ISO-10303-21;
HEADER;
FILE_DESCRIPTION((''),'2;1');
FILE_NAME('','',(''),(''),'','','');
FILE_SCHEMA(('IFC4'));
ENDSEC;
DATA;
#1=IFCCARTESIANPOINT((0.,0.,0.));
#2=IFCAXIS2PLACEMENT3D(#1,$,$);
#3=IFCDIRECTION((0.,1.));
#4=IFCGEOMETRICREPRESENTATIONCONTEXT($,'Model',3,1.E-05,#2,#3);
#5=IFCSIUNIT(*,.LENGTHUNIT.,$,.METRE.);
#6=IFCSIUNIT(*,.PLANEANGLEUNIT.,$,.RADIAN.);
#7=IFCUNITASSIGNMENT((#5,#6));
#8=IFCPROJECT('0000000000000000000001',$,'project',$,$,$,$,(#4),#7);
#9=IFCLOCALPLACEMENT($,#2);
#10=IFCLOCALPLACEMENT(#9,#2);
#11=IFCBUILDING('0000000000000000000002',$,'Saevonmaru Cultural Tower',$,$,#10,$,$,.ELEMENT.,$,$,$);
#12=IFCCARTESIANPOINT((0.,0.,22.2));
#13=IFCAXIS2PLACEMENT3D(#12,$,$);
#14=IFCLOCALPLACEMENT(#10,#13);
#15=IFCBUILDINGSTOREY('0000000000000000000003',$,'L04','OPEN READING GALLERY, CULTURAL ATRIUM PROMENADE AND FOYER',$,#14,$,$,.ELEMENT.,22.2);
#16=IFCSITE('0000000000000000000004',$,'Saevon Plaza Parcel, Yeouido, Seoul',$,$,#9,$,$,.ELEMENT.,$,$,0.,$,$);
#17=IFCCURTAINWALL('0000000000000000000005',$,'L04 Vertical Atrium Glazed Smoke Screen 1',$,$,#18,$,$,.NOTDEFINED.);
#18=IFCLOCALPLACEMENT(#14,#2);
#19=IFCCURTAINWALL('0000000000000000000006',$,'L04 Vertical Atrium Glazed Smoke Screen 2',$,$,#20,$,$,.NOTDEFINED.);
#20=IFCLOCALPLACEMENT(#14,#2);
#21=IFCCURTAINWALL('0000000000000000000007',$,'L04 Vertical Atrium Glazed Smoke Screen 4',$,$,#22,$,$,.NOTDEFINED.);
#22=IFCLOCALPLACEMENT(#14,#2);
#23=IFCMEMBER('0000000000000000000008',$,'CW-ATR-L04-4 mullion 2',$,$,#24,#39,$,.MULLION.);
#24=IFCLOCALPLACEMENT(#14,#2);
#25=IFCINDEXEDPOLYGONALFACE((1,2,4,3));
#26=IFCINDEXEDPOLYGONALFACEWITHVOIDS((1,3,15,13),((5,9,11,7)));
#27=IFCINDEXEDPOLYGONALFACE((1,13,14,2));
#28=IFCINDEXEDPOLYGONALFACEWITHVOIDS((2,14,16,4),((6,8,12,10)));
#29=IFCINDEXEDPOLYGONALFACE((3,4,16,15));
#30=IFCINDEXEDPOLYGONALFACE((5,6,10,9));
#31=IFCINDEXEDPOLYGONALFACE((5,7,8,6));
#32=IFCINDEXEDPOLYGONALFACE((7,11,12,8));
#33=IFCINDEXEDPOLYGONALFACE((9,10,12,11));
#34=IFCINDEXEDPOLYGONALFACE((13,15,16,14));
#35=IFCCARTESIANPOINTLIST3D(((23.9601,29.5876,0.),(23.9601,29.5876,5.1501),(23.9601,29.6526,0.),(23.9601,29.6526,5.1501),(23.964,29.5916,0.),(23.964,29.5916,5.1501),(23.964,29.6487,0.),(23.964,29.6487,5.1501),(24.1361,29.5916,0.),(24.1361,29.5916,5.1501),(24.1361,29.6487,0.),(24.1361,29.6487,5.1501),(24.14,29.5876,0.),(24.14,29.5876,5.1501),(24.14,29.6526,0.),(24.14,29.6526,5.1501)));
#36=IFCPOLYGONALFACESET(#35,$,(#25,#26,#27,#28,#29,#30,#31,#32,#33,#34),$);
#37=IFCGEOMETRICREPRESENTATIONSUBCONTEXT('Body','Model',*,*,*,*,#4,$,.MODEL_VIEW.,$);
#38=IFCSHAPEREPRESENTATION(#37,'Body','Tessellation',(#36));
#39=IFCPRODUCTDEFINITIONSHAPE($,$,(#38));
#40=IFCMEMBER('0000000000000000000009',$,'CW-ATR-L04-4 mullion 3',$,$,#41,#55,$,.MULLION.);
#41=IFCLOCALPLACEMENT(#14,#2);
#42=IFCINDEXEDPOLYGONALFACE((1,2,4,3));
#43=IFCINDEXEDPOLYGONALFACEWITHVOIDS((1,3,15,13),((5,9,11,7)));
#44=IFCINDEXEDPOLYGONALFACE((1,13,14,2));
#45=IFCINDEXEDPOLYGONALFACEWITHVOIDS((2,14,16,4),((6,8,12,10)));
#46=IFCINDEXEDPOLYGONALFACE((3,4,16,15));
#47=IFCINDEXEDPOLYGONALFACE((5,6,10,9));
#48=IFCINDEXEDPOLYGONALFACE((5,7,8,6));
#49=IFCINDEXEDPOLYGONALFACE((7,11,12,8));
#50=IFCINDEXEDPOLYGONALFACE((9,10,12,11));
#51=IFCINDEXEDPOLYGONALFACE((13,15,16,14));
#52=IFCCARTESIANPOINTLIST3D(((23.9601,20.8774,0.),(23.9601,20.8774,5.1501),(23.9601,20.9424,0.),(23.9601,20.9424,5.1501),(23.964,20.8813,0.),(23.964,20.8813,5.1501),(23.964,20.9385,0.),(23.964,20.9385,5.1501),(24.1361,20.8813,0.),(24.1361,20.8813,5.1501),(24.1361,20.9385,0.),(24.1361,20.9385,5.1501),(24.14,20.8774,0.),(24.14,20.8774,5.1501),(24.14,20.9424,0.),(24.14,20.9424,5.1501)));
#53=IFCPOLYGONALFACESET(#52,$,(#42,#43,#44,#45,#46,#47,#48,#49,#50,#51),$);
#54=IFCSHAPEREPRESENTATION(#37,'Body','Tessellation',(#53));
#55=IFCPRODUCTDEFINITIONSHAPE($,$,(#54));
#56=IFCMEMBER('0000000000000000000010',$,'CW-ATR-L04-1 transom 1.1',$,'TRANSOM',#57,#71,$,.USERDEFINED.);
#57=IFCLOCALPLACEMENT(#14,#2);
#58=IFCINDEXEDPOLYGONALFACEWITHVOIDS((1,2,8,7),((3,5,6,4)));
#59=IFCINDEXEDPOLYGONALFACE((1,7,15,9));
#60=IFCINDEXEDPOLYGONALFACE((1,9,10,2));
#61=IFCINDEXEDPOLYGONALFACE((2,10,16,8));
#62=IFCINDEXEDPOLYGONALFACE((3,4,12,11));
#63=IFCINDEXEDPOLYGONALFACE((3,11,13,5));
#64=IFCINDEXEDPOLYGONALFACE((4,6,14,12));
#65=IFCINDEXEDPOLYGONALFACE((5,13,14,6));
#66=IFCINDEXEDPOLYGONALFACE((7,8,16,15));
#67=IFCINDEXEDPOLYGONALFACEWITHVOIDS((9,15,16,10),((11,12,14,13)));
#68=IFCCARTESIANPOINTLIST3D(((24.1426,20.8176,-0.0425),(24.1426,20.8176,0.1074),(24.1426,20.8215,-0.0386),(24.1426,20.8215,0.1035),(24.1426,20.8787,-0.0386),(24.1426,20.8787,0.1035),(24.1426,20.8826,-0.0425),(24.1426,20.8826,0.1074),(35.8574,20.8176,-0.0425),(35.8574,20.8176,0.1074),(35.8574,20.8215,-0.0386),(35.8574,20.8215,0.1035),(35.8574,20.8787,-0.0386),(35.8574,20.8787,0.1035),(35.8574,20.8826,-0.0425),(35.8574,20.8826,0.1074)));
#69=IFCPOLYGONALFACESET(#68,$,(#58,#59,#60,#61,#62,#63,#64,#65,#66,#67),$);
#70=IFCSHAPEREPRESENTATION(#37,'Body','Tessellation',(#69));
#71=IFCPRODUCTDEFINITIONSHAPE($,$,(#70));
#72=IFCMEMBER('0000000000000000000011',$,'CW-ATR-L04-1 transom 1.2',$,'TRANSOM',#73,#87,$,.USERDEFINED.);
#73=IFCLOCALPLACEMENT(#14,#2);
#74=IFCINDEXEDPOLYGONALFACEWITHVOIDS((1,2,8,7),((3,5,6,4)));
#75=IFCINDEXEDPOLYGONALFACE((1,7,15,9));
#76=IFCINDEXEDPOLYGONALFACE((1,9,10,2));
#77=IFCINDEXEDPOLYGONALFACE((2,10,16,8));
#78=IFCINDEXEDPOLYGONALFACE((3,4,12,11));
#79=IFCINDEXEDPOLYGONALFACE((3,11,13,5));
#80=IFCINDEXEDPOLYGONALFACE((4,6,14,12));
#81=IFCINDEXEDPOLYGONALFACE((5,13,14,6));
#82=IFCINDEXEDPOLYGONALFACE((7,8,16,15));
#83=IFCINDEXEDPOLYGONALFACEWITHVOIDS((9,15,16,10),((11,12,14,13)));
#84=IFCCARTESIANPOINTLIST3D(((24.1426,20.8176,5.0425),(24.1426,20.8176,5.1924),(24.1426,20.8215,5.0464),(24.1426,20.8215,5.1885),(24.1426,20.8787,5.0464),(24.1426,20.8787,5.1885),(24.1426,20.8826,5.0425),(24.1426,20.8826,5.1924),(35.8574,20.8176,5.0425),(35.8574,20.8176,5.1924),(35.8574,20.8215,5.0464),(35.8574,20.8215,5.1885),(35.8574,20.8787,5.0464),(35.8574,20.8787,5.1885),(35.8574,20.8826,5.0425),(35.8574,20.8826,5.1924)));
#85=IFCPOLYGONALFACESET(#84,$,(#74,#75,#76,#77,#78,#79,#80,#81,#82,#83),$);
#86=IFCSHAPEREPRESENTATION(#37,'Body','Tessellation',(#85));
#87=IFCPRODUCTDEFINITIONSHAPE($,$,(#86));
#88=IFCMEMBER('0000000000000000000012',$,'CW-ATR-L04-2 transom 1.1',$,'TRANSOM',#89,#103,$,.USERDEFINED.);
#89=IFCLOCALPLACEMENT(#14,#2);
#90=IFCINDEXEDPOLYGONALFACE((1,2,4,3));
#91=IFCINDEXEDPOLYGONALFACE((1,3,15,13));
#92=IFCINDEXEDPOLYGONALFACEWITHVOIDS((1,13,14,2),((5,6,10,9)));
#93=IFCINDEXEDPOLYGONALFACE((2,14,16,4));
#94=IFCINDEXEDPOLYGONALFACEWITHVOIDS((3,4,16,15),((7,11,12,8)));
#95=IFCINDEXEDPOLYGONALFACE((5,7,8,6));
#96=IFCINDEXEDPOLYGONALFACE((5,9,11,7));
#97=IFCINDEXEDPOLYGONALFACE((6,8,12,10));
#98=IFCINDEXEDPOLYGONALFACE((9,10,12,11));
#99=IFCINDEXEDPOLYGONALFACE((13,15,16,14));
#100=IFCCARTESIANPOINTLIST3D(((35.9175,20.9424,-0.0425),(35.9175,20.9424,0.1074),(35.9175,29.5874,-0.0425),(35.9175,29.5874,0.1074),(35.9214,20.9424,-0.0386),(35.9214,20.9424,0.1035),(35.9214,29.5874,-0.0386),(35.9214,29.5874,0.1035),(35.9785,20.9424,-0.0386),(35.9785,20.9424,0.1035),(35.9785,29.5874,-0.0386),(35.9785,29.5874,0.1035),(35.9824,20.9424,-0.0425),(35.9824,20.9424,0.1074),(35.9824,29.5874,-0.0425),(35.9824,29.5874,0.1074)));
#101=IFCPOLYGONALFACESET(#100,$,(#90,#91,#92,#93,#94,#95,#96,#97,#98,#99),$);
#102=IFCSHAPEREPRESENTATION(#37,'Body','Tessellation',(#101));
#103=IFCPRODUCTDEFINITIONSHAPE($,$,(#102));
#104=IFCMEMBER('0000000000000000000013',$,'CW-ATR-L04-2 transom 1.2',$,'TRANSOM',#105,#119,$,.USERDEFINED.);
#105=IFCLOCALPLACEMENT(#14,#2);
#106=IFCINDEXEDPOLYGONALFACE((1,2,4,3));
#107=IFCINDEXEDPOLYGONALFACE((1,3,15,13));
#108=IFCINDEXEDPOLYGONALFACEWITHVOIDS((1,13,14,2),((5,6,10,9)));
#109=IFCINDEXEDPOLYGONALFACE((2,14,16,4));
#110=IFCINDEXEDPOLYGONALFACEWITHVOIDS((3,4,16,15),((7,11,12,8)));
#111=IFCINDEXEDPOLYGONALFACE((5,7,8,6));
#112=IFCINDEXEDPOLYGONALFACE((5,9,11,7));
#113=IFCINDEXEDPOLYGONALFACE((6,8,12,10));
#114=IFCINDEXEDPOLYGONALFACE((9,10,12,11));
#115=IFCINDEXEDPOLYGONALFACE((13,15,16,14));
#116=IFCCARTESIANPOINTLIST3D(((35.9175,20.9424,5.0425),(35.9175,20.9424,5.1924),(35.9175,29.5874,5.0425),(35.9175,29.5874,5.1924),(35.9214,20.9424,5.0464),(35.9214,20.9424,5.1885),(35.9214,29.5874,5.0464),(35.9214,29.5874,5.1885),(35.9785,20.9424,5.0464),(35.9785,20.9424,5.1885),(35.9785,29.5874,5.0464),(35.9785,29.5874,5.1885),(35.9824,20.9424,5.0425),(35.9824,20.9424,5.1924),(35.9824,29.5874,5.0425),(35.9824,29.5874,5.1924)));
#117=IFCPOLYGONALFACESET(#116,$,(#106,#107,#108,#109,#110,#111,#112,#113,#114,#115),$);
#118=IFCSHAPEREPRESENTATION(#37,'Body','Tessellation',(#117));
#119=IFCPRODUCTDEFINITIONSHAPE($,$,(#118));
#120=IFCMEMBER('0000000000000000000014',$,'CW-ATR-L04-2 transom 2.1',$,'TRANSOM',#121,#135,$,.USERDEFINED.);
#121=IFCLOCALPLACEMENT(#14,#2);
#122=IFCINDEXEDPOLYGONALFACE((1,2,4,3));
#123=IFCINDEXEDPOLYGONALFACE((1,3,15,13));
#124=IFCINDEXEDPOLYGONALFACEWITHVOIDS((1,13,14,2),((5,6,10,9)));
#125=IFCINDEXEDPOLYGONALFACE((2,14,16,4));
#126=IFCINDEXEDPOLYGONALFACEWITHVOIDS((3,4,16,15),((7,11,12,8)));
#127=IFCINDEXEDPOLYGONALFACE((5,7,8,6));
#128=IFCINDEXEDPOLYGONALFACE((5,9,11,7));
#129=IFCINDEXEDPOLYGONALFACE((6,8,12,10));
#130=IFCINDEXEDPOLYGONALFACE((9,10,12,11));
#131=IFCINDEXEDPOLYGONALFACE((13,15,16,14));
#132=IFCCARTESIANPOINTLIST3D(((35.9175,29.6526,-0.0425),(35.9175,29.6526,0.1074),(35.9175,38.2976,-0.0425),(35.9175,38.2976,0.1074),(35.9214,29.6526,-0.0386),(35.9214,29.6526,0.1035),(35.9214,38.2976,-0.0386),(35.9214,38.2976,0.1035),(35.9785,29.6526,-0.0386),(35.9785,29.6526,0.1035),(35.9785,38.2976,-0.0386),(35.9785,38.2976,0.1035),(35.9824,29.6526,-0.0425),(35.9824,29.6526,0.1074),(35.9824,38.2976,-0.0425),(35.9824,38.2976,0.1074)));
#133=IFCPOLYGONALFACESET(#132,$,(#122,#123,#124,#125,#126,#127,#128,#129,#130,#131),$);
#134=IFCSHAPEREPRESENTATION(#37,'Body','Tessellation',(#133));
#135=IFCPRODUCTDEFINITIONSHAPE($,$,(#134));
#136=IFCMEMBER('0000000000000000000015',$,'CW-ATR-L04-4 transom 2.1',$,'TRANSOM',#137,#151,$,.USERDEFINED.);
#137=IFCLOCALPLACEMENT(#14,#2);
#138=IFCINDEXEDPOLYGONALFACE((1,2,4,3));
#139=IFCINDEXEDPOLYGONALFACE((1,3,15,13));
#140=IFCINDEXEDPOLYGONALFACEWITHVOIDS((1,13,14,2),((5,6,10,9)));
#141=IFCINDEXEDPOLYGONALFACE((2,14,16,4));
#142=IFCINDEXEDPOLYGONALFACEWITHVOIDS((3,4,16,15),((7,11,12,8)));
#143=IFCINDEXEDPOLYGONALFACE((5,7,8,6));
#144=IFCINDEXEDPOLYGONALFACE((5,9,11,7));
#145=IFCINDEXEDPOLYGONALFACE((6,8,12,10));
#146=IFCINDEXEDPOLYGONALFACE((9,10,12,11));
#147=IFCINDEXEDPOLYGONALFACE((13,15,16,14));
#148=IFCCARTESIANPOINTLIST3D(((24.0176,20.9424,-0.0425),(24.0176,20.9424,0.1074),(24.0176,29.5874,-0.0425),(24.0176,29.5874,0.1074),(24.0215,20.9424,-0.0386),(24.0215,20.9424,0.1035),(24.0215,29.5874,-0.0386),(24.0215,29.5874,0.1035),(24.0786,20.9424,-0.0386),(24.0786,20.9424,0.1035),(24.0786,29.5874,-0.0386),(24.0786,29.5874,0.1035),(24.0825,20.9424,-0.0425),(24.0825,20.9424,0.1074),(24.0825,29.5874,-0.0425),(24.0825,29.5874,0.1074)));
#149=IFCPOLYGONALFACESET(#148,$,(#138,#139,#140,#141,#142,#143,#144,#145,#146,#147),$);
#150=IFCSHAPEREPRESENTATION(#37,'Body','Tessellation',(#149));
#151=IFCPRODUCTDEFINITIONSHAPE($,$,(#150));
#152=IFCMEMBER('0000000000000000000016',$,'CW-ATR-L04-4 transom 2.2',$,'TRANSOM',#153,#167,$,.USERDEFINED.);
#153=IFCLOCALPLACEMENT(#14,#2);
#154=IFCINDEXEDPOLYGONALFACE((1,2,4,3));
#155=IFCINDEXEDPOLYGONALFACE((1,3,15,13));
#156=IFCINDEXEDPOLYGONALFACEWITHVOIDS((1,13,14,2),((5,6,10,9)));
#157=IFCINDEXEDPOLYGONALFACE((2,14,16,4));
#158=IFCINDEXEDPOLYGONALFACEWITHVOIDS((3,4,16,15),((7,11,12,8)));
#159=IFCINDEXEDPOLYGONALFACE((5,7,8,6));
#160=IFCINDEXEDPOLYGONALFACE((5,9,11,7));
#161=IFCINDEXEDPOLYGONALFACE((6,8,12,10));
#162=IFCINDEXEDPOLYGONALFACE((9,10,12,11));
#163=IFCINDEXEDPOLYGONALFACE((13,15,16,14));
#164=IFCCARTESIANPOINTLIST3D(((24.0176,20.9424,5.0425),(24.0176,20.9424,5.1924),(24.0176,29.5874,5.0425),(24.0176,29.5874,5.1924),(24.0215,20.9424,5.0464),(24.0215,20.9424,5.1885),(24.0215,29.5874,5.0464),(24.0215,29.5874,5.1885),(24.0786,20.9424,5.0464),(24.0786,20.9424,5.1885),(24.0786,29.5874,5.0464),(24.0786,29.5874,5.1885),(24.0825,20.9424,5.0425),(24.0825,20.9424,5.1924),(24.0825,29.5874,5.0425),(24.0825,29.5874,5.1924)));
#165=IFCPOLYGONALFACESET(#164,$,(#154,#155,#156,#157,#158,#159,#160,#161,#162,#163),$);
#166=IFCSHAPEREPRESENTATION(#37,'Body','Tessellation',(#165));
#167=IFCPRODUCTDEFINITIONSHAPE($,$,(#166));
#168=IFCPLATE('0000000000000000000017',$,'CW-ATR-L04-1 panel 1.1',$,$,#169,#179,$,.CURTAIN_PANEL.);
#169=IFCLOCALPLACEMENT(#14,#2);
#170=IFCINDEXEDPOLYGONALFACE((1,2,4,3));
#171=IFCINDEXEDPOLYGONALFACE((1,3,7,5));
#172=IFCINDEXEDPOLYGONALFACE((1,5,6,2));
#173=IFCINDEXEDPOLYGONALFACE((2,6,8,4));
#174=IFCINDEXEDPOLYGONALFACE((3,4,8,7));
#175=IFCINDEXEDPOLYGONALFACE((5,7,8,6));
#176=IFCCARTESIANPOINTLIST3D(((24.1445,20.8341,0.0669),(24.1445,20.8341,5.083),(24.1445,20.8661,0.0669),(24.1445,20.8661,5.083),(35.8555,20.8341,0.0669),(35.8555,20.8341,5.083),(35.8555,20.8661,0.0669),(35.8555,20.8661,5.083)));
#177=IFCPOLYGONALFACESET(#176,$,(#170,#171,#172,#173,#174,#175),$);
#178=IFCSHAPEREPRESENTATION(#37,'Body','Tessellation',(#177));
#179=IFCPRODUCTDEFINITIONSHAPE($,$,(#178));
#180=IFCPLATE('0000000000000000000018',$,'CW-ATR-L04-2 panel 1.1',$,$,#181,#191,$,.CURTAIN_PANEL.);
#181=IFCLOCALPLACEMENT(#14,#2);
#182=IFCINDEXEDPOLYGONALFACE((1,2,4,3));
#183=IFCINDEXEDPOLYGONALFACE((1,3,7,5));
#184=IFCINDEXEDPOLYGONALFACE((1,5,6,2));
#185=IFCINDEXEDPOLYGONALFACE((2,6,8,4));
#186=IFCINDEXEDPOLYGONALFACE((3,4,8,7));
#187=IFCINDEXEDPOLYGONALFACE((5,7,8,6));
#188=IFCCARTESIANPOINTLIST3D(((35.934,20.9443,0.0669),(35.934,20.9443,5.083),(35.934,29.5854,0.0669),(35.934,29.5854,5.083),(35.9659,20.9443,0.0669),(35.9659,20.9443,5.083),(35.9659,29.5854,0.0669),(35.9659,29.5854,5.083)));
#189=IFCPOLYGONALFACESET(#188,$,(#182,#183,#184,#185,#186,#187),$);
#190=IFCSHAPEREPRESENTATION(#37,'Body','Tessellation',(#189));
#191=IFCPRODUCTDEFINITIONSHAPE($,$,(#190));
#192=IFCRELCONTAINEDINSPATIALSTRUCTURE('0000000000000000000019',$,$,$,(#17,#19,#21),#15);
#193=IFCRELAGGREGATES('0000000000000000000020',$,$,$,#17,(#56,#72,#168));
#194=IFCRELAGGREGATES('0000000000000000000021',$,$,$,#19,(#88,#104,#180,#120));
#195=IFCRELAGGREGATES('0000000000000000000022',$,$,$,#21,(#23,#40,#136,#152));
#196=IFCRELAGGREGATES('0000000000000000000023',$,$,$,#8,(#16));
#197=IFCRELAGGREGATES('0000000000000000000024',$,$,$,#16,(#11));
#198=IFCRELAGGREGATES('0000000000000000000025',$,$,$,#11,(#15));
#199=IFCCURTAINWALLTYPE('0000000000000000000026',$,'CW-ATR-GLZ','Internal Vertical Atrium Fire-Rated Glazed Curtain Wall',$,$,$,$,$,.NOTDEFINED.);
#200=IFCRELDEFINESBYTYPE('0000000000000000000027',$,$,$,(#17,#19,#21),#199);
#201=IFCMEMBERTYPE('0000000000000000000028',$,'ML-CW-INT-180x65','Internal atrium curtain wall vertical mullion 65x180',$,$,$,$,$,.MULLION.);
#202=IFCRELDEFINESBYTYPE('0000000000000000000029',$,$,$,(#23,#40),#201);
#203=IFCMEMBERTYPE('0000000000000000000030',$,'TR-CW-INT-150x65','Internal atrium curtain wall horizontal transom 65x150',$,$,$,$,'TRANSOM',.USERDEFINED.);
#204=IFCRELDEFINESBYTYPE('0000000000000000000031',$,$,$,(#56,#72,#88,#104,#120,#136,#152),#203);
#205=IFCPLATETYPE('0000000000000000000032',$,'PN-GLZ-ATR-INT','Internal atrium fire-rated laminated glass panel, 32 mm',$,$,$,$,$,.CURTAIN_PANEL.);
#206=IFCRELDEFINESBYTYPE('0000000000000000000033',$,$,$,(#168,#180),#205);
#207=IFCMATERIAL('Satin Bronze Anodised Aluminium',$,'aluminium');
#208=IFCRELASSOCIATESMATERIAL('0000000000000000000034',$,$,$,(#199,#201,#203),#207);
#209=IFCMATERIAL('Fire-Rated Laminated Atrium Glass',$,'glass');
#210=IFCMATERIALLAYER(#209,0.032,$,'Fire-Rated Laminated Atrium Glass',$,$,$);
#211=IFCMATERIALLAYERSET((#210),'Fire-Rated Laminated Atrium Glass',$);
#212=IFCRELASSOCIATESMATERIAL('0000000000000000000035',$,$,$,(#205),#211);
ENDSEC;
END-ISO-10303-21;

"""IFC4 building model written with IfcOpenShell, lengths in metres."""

from ifc_helpers import new_model, si_unit, direction, frame, origin, origin_2d, place, context, subcontext, project, spatial, rectangle, hollow_rectangle, extrude, material, layer, layer_set, material_profile, profile_set, type_object, element, aggregate, save


model = new_model("IFC4")

# Units and contexts
model_context = context("Model", 3, precision=1e-05, world=origin(), true_north=direction((0.0, 1.0)))
body_context = subcontext(model_context, "Body", "Model", "MODEL_VIEW")
ifc_project = project(units=[si_unit("LENGTHUNIT", "METRE"), si_unit("PLANEANGLEUNIT", "RADIAN")], contexts=[model_context])

# Site, building, storey
site_placement = place(None, origin())
site = spatial("IfcSite", under=ifc_project, at=site_placement, Name="Saevon Plaza Parcel, Yeouido, Seoul", CompositionType="ELEMENT", RefElevation=0.0)
building_placement = place(site_placement, origin())
building = spatial("IfcBuilding", under=site, at=building_placement, Name="Saevonmaru Cultural Tower", CompositionType="ELEMENT")
storey_placement = place(building_placement, frame((0.0, 0.0, 22.2)))
storey = spatial("IfcBuildingStorey", under=building, at=storey_placement, Name="L04", Description="OPEN READING GALLERY, CULTURAL ATRIUM PROMENADE AND FOYER", CompositionType="ELEMENT", Elevation=22.2)

# Curtain walls, members
ifc_material_1 = material(Name="Satin Bronze Anodised Aluminium", Category="aluminium")
curtain_wall_type = type_object("IfcCurtainWallType", Name="CW-ATR-GLZ", Description="Internal Vertical Atrium Fire-Rated Glazed Curtain Wall", PredefinedType="NOTDEFINED", material=ifc_material_1)
curtain_wall_1_placement = place(storey_placement, origin())
curtain_wall_1 = element("IfcCurtainWall", 1, at=curtain_wall_1_placement, inside=storey, type_object=curtain_wall_type, Name="L04 Vertical Atrium Glazed Smoke Screen 1", PredefinedType="NOTDEFINED")
ifc_material_profile_1 = material_profile(ifc_material_1, hollow_rectangle(XDim=0.0649, YDim=0.1799, WallThickness=0.0039, at=origin_2d()), Name="ALU-MULL-180x65x4")
ifc_profile_set_1 = profile_set([ifc_material_profile_1], Name="Satin Bronze Anodised Aluminium")
member_type_1 = type_object("IfcMemberType", Name="ML-CW-INT-180x65", Description="Internal atrium curtain wall vertical mullion 65x180", PredefinedType="MULLION", material=ifc_profile_set_1)
curtain_wall_2_placement = place(storey_placement, origin())
curtain_wall_2 = element("IfcCurtainWall", 2, at=curtain_wall_2_placement, inside=storey, type_object=curtain_wall_type, Name="L04 Vertical Atrium Glazed Smoke Screen 2", PredefinedType="NOTDEFINED")
curtain_wall_3_placement = place(storey_placement, origin())
curtain_wall_3 = element("IfcCurtainWall", 3, at=curtain_wall_3_placement, inside=storey, type_object=curtain_wall_type, Name="L04 Vertical Atrium Glazed Smoke Screen 4", PredefinedType="NOTDEFINED")
member_1_placement = place(storey_placement, frame((24.05, 29.6201, 0.0), z_axis=(0.0, 0.0, 1.0), x_axis=(0.0, -1.0, 0.0)))
member_1 = element("IfcMember", 4, at=member_1_placement, type_object=member_type_1, Name="CW-ATR-L04-4 mullion 2", PredefinedType="MULLION", context=body_context, shape_type="SweptSolid", body=[
    extrude(hollow_rectangle(XDim=0.0649, YDim=0.1799, WallThickness=0.0039, at=origin_2d()), origin(), (0.0, 0.0, 1.0), 5.1501),
])
member_2_placement = place(storey_placement, frame((24.05, 20.9099, 0.0), z_axis=(0.0, 0.0, 1.0), x_axis=(0.0, -1.0, 0.0)))
member_2 = element("IfcMember", 5, at=member_2_placement, type_object=member_type_1, Name="CW-ATR-L04-4 mullion 3", PredefinedType="MULLION", context=body_context, shape_type="SweptSolid", body=[
    extrude(hollow_rectangle(XDim=0.0649, YDim=0.1799, WallThickness=0.0039, at=origin_2d()), origin(), (0.0, 0.0, 1.0), 5.1501),
])

# Members
ifc_material_profile_2 = material_profile(ifc_material_1, hollow_rectangle(XDim=0.0649, YDim=0.1499, WallThickness=0.0039, at=origin_2d()), Name="ALU-TRAN-150x65x4")
ifc_profile_set_2 = profile_set([ifc_material_profile_2], Name="Satin Bronze Anodised Aluminium")
member_type_2 = type_object("IfcMemberType", Name="TR-CW-INT-150x65", Description="Internal atrium curtain wall horizontal transom 65x150", ElementType="TRANSOM", PredefinedType="USERDEFINED", material=ifc_profile_set_2)
member_3_placement = place(storey_placement, frame((24.1426, 20.8501, 0.0325), z_axis=(1.0, 0.0, 0.0), x_axis=(0.0, 1.0, 0.0)))
member_3 = element("IfcMember", 6, at=member_3_placement, type_object=member_type_2, Name="CW-ATR-L04-1 transom 1.1", ObjectType="TRANSOM", PredefinedType="USERDEFINED", context=body_context, shape_type="SweptSolid", body=[
    extrude(hollow_rectangle(XDim=0.0649, YDim=0.1499, WallThickness=0.0039, at=origin_2d()), origin(), (0.0, 0.0, 1.0), 11.7148),
])
member_4_placement = place(storey_placement, frame((24.1426, 20.8501, 5.1174), z_axis=(1.0, 0.0, 0.0), x_axis=(0.0, 1.0, 0.0)))
member_4 = element("IfcMember", 7, at=member_4_placement, type_object=member_type_2, Name="CW-ATR-L04-1 transom 1.2", ObjectType="TRANSOM", PredefinedType="USERDEFINED", context=body_context, shape_type="SweptSolid", body=[
    extrude(hollow_rectangle(XDim=0.0649, YDim=0.1499, WallThickness=0.0039, at=origin_2d()), origin(), (0.0, 0.0, 1.0), 11.7148),
])
member_5_placement = place(storey_placement, frame((35.95, 20.9424, 0.0325), z_axis=(0.0, 1.0, 0.0), x_axis=(-1.0, 0.0, 0.0)))
member_5 = element("IfcMember", 8, at=member_5_placement, type_object=member_type_2, Name="CW-ATR-L04-2 transom 1.1", ObjectType="TRANSOM", PredefinedType="USERDEFINED", context=body_context, shape_type="SweptSolid", body=[
    extrude(hollow_rectangle(XDim=0.0649, YDim=0.1499, WallThickness=0.0039, at=origin_2d()), origin(), (0.0, 0.0, 1.0), 8.645),
])
member_6_placement = place(storey_placement, frame((35.95, 20.9424, 5.1174), z_axis=(0.0, 1.0, 0.0), x_axis=(-1.0, 0.0, 0.0)))
member_6 = element("IfcMember", 9, at=member_6_placement, type_object=member_type_2, Name="CW-ATR-L04-2 transom 1.2", ObjectType="TRANSOM", PredefinedType="USERDEFINED", context=body_context, shape_type="SweptSolid", body=[
    extrude(hollow_rectangle(XDim=0.0649, YDim=0.1499, WallThickness=0.0039, at=origin_2d()), origin(), (0.0, 0.0, 1.0), 8.645),
])
member_7_placement = place(storey_placement, frame((35.95, 29.6526, 0.0325), z_axis=(0.0, 1.0, 0.0), x_axis=(-1.0, 0.0, 0.0)))
member_7 = element("IfcMember", 10, at=member_7_placement, type_object=member_type_2, Name="CW-ATR-L04-2 transom 2.1", ObjectType="TRANSOM", PredefinedType="USERDEFINED", context=body_context, shape_type="SweptSolid", body=[
    extrude(hollow_rectangle(XDim=0.0649, YDim=0.1499, WallThickness=0.0039, at=origin_2d()), origin(), (0.0, 0.0, 1.0), 8.645),
])
member_8_placement = place(storey_placement, frame((24.05, 29.5874, 0.0325), z_axis=(0.0, -1.0, 0.0), x_axis=(1.0, 0.0, 0.0)))
member_8 = element("IfcMember", 11, at=member_8_placement, type_object=member_type_2, Name="CW-ATR-L04-4 transom 2.1", ObjectType="TRANSOM", PredefinedType="USERDEFINED", context=body_context, shape_type="SweptSolid", body=[
    extrude(hollow_rectangle(XDim=0.0649, YDim=0.1499, WallThickness=0.0039, at=origin_2d()), origin(), (0.0, 0.0, 1.0), 8.645),
])
member_9_placement = place(storey_placement, frame((24.05, 29.5874, 5.1174), z_axis=(0.0, -1.0, 0.0), x_axis=(1.0, 0.0, 0.0)))
member_9 = element("IfcMember", 12, at=member_9_placement, type_object=member_type_2, Name="CW-ATR-L04-4 transom 2.2", ObjectType="TRANSOM", PredefinedType="USERDEFINED", context=body_context, shape_type="SweptSolid", body=[
    extrude(hollow_rectangle(XDim=0.0649, YDim=0.1499, WallThickness=0.0039, at=origin_2d()), origin(), (0.0, 0.0, 1.0), 8.645),
])

# Plates
ifc_material_2 = material(Name="Fire-Rated Laminated Atrium Glass", Category="glass")
ifc_layer_1 = layer(ifc_material_2, 0.032, Name="Fire-Rated Laminated Atrium Glass")
ifc_layer_set_1 = layer_set([ifc_layer_1], Name="Fire-Rated Laminated Atrium Glass")
plate_type = type_object("IfcPlateType", Name="PN-GLZ-ATR-INT", Description="Internal atrium fire-rated laminated glass panel, 32 mm", PredefinedType="CURTAIN_PANEL", material=ifc_layer_set_1)
plate_1_placement = place(storey_placement, frame((30.0, 20.8501, 0.0669), z_axis=(0.0, 0.0, 1.0), x_axis=(1.0, 0.0, 0.0)))
plate_1 = element("IfcPlate", 13, at=plate_1_placement, type_object=plate_type, Name="CW-ATR-L04-1 panel 1.1", PredefinedType="CURTAIN_PANEL", context=body_context, shape_type="SweptSolid", body=[
    extrude(rectangle(XDim=11.7109, YDim=0.032, at=origin_2d()), origin(), (0.0, 0.0, 1.0), 5.0161),
])
aggregate(curtain_wall_1, [member_3, member_4, plate_1])
plate_2_placement = place(storey_placement, frame((35.95, 25.2649, 0.0669), z_axis=(0.0, 0.0, 1.0), x_axis=(0.0, 1.0, 0.0)))
plate_2 = element("IfcPlate", 14, at=plate_2_placement, type_object=plate_type, Name="CW-ATR-L04-2 panel 1.1", PredefinedType="CURTAIN_PANEL", context=body_context, shape_type="SweptSolid", body=[
    extrude(rectangle(XDim=8.6411, YDim=0.032, at=origin_2d()), origin(), (0.0, 0.0, 1.0), 5.0161),
])
aggregate(curtain_wall_2, [member_5, member_6, plate_2, member_7])
aggregate(curtain_wall_3, [member_1, member_2, member_8, member_9])

save(model, "model.ifc")
